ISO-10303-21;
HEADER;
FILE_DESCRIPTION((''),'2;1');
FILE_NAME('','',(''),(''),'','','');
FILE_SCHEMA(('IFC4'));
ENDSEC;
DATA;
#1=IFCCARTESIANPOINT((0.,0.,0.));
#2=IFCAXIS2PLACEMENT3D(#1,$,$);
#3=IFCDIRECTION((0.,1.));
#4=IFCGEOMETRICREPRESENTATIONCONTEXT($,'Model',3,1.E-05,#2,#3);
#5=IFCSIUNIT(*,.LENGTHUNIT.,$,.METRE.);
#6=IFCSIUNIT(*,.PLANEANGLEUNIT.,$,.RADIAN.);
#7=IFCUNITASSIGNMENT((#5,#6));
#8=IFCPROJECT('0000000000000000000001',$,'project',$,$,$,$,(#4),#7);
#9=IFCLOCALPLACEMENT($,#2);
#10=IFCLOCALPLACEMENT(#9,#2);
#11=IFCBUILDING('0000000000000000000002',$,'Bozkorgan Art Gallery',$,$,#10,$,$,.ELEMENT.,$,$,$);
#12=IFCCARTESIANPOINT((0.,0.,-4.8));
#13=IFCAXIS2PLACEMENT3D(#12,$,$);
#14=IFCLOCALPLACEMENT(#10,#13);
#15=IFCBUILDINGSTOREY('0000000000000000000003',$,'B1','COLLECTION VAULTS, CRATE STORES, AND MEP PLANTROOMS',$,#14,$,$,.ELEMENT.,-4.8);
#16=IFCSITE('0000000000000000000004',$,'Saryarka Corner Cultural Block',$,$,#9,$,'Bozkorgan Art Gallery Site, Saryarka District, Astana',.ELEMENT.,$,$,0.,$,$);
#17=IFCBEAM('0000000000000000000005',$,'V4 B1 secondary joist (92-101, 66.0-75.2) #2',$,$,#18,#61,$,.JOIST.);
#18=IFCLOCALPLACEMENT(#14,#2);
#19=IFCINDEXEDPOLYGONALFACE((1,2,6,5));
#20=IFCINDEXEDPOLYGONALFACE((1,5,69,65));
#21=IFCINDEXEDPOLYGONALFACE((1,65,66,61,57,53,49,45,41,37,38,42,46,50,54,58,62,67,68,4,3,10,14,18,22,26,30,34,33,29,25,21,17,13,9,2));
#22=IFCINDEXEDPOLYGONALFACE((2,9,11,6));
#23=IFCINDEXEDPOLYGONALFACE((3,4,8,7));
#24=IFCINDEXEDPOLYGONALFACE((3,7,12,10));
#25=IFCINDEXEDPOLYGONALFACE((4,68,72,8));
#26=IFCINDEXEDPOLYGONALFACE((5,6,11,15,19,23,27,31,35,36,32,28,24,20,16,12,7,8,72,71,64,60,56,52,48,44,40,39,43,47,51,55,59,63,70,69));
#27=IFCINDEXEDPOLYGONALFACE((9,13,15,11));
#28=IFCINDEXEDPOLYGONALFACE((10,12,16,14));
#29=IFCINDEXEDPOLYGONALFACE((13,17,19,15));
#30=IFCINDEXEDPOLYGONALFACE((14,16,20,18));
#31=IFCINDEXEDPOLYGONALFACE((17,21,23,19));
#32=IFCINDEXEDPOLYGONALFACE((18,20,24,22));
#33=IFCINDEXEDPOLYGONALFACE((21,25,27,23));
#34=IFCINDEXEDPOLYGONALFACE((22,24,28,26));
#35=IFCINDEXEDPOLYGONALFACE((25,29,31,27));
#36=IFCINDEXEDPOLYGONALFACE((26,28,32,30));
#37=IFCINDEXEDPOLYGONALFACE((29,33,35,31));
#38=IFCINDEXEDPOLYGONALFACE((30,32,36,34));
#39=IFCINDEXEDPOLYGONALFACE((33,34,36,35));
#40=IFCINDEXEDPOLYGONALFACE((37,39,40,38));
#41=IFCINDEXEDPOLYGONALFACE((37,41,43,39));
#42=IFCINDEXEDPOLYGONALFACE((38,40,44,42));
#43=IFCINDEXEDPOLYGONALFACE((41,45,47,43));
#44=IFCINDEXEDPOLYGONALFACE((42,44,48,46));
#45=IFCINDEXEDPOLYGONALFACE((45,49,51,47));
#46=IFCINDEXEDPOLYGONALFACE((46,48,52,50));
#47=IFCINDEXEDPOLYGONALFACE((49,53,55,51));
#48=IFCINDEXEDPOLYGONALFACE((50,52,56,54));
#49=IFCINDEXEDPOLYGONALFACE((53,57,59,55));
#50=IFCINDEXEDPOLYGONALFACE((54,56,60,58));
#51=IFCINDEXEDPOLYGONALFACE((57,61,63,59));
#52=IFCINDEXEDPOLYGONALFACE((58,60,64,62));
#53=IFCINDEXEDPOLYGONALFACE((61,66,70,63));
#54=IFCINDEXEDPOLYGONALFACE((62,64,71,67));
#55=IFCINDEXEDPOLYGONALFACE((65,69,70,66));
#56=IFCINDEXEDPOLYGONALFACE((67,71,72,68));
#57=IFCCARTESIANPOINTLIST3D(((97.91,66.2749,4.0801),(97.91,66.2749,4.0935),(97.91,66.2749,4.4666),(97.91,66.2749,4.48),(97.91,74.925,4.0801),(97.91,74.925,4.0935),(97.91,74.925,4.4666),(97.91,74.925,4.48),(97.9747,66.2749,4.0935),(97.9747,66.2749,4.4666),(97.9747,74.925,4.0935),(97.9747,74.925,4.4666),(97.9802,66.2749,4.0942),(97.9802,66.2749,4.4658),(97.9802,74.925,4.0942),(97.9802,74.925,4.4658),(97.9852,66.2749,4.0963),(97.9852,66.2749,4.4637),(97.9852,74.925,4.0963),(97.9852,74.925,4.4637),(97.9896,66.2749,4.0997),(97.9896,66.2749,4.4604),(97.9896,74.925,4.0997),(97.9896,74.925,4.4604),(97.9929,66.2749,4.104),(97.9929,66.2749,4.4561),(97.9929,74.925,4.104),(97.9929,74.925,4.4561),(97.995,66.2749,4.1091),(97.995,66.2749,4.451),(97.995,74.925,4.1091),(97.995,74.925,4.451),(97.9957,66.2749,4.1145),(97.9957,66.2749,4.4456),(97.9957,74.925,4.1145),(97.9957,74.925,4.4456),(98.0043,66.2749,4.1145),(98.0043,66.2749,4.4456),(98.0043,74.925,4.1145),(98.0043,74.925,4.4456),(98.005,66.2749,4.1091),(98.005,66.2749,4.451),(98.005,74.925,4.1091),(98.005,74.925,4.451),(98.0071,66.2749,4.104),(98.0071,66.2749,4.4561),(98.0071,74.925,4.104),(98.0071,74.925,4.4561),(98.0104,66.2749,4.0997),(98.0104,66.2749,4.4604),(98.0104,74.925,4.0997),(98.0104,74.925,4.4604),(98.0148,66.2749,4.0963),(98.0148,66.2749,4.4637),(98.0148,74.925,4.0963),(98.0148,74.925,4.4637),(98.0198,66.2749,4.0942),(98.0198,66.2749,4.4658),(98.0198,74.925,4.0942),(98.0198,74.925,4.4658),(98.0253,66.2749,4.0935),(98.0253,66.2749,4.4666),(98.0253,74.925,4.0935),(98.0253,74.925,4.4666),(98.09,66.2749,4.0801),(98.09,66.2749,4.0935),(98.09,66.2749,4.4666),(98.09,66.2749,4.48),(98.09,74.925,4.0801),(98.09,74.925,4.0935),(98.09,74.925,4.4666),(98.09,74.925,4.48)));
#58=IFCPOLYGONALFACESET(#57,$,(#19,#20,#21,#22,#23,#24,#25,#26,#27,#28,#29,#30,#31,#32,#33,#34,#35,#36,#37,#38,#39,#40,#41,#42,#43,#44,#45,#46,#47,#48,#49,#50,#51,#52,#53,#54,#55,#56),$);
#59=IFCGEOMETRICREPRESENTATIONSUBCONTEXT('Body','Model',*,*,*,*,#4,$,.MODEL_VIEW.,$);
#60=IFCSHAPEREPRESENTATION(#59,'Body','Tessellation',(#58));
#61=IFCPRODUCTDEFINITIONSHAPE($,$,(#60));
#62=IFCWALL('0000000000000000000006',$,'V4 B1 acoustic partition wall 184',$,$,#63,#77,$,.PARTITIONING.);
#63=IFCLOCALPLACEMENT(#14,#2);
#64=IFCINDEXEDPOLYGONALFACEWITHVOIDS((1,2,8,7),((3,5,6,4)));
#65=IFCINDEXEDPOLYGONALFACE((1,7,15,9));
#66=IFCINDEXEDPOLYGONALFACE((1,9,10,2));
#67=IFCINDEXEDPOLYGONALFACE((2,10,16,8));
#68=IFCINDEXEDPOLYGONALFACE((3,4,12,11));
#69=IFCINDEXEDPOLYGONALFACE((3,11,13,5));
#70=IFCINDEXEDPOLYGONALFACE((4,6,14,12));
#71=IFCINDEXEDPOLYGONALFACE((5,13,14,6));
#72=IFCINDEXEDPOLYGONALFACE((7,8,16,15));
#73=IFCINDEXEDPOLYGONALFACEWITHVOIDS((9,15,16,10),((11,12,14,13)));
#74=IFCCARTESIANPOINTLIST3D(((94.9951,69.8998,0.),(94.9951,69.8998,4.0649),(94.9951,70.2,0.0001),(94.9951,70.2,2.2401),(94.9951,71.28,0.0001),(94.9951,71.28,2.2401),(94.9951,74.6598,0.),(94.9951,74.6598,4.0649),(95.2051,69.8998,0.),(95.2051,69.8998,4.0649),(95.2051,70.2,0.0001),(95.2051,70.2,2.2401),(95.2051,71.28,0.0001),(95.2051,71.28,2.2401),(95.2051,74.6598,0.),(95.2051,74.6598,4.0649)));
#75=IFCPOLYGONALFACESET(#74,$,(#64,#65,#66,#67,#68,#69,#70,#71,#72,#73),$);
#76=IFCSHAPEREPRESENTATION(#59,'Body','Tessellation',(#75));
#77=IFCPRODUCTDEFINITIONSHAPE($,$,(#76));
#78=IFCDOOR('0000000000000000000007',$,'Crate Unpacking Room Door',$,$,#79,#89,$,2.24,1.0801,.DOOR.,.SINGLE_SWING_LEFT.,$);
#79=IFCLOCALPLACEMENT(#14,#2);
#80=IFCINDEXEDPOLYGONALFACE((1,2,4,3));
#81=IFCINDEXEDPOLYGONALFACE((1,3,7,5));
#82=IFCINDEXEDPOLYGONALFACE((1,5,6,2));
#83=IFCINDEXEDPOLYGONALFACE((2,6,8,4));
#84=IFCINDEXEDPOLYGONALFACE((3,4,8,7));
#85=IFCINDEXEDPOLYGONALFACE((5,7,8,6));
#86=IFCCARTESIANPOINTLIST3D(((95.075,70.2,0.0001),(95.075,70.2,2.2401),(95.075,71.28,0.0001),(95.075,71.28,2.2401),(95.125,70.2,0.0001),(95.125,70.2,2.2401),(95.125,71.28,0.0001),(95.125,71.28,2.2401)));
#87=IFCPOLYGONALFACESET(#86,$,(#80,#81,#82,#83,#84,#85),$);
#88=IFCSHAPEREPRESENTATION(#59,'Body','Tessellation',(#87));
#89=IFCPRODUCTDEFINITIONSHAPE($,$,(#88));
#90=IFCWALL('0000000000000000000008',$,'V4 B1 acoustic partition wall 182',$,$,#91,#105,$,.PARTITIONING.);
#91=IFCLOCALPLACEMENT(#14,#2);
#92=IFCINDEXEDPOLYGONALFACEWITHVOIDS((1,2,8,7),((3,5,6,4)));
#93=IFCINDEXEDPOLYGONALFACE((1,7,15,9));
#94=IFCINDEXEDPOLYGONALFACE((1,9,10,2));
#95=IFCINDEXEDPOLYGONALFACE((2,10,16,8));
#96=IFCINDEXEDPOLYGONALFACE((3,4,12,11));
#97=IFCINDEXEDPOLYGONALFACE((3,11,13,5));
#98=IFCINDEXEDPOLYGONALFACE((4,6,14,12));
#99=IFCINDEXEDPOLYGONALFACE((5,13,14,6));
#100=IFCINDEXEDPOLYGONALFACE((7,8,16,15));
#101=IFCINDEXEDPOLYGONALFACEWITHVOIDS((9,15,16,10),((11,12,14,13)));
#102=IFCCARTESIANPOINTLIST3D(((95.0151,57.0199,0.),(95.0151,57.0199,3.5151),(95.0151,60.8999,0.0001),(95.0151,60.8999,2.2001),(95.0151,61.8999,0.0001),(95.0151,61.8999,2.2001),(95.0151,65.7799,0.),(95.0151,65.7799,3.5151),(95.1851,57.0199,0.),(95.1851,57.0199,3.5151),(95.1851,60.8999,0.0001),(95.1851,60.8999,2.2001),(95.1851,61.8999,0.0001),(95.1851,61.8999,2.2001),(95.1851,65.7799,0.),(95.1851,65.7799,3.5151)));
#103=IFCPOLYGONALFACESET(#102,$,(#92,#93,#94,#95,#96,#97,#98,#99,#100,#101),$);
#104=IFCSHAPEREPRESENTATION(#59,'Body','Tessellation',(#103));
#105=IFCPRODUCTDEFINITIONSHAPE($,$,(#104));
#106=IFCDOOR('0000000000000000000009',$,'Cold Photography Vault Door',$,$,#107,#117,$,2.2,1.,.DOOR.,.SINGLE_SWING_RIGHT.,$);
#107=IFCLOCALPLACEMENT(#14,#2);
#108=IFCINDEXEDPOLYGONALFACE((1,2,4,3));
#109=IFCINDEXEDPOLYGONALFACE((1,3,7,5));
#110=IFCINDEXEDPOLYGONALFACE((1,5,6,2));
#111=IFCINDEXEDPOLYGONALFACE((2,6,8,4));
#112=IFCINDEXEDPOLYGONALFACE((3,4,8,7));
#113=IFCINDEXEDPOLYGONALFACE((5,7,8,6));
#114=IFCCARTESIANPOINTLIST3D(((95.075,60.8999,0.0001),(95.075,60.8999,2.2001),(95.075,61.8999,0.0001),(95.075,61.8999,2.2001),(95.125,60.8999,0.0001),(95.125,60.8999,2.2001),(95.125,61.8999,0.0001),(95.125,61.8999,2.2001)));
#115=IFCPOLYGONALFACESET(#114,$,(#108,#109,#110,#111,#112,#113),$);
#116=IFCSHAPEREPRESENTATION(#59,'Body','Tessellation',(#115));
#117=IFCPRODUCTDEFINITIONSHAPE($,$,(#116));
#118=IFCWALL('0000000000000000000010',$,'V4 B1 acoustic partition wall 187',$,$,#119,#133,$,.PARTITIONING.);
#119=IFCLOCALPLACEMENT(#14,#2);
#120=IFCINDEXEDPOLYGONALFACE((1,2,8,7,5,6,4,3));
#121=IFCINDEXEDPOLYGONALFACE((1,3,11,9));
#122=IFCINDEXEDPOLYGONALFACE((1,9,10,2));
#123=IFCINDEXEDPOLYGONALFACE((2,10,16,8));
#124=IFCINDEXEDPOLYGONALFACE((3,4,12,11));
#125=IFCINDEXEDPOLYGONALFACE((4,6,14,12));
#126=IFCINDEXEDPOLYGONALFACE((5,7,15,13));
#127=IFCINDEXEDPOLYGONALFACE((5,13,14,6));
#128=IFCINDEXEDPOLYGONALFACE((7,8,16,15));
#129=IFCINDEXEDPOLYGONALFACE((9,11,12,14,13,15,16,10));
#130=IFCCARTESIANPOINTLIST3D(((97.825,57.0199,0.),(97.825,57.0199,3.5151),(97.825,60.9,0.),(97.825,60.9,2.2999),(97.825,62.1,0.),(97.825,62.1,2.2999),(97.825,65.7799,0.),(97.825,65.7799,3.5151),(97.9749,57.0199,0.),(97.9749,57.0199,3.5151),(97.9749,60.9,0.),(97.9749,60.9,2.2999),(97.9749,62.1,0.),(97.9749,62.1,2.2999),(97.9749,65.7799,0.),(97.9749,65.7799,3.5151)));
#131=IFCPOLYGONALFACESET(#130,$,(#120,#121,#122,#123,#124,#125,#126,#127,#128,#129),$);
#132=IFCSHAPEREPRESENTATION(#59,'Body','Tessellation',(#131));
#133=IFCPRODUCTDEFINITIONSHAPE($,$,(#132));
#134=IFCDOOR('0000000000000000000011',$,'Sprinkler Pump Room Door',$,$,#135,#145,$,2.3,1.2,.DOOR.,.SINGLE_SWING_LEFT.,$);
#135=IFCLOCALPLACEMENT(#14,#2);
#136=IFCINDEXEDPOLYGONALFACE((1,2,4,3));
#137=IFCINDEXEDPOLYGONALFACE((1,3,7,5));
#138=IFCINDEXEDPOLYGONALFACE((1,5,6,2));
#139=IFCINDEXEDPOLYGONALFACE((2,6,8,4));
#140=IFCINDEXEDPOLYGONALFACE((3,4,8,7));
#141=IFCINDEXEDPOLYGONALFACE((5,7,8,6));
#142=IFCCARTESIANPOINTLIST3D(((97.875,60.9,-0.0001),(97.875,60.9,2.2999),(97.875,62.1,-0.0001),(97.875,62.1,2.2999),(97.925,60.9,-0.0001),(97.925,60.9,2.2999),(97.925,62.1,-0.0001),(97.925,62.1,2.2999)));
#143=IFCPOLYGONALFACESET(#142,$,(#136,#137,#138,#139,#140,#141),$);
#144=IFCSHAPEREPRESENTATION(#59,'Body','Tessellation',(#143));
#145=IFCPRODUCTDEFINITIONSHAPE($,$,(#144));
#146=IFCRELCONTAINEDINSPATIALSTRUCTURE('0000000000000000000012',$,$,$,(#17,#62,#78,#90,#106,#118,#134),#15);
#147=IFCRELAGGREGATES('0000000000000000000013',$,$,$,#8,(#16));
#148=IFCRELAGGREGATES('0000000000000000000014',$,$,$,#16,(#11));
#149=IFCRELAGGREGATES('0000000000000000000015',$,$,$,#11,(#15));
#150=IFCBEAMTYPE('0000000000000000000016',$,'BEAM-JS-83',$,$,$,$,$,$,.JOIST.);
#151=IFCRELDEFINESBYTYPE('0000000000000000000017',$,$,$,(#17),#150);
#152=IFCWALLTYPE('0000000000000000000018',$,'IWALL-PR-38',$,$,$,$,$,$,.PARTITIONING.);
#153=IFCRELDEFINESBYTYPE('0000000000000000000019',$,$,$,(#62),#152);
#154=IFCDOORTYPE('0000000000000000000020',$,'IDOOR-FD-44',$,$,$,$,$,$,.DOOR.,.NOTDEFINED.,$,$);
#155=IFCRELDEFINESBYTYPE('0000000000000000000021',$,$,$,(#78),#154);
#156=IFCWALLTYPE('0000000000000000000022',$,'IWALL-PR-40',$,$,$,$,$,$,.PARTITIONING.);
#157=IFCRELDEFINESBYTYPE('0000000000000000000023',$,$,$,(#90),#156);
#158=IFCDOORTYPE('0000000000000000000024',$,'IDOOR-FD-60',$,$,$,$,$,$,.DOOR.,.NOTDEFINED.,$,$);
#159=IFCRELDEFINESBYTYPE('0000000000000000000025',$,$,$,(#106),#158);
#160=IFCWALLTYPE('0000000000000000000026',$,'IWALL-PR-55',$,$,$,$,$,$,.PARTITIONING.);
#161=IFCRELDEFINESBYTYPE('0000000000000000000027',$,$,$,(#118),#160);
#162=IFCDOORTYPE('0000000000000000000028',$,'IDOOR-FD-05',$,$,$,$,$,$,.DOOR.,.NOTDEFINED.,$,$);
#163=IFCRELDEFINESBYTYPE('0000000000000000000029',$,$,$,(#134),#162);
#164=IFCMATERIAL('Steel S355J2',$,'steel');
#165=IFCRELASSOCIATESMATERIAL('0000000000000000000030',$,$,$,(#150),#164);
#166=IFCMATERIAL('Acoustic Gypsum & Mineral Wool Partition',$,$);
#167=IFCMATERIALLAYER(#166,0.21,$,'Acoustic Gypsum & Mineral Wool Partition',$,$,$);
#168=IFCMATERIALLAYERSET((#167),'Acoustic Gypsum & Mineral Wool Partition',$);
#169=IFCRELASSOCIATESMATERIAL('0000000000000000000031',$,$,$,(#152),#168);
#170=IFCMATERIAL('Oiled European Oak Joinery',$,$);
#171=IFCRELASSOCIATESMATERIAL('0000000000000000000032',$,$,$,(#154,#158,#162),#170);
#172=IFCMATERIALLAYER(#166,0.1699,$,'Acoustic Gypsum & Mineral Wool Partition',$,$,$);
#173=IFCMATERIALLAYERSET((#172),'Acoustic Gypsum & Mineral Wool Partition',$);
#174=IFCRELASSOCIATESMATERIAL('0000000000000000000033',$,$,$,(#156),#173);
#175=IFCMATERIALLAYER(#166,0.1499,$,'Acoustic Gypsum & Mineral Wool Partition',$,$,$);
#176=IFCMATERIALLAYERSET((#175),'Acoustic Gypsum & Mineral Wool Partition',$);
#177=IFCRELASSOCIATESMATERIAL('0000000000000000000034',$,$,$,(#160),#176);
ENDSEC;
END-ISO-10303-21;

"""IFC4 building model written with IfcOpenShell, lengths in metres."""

from ifc_helpers import new_model, si_unit, direction, frame, frame_2d, origin, origin_2d, place, context, subcontext, project, spatial, rectangle, i_section, extrude, material, layer, layer_set, material_profile, profile_set, type_object, element, fill, save


model = new_model("IFC4")

# Units and contexts
model_context = context("Model", 3, precision=1e-05, world=origin(), true_north=direction((0.0, 1.0)))
body_context = subcontext(model_context, "Body", "Model", "MODEL_VIEW")
ifc_project = project(units=[si_unit("LENGTHUNIT", "METRE"), si_unit("PLANEANGLEUNIT", "RADIAN")], contexts=[model_context])

# Site, building, storey
site_placement = place(None, origin())
site = spatial("IfcSite", under=ifc_project, at=site_placement, Name="Saryarka Corner Cultural Block", LongName="Bozkorgan Art Gallery Site, Saryarka District, Astana", CompositionType="ELEMENT", RefElevation=0.0)
building_placement = place(site_placement, origin())
building = spatial("IfcBuilding", under=site, at=building_placement, Name="Bozkorgan Art Gallery", CompositionType="ELEMENT")
storey_placement = place(building_placement, frame((0.0, 0.0, -4.8)))
storey = spatial("IfcBuildingStorey", under=building, at=storey_placement, Name="B1", Description="COLLECTION VAULTS, CRATE STORES, AND MEP PLANTROOMS", CompositionType="ELEMENT", Elevation=-4.8)

# Beam
ifc_material_1 = material(Name="Steel S355J2", Category="steel")
ifc_material_profile_1 = material_profile(ifc_material_1, i_section(OverallWidth=0.1799, OverallDepth=0.3999, WebThickness=0.0085, FlangeThickness=0.0134, FilletRadius=0.021, at=origin_2d()), Name="IPE 400")
ifc_profile_set_1 = profile_set([ifc_material_profile_1], Name="Steel S355J2")
beam_type = type_object("IfcBeamType", Name="BEAM-JS-83", PredefinedType="JOIST", material=ifc_profile_set_1)
for number, where, z_axis, x_axis, name in (
    (1, (98.0, 66.2749, 4.28), (0.0, 1.0, 0.0), (-1.0, 0.0, 0.0), "V4 B1 secondary joist (92-101, 66.0-75.2) #2"),
):
    element("IfcBeam", number, at=place(storey_placement, frame(where, z_axis=z_axis, x_axis=x_axis)), inside=storey, type_object=beam_type, Name=name, PredefinedType="JOIST", context=body_context, shape_type="SweptSolid", body=[
        extrude(i_section(OverallWidth=0.1799, OverallDepth=0.3999, WebThickness=0.0085, FlangeThickness=0.0134, FilletRadius=0.021, at=origin_2d()), origin(), (0.0, 0.0, 1.0), 8.6501),
    ])

# Walls, openings, doors
ifc_material_2 = material(Name="Acoustic Gypsum & Mineral Wool Partition")
ifc_layer_1 = layer(ifc_material_2, 0.21, Name="Acoustic Gypsum & Mineral Wool Partition")
ifc_layer_set_1 = layer_set([ifc_layer_1], Name="Acoustic Gypsum & Mineral Wool Partition")
wall_type_1 = type_object("IfcWallType", Name="IWALL-PR-38", PredefinedType="PARTITIONING", material=ifc_layer_set_1)
wall_1_placement = place(storey_placement, frame((95.1001, 69.8999, 0.0), z_axis=(0.0, 0.0, 1.0), x_axis=(0.0, 1.0, 0.0)))
wall_1 = element("IfcWall", 2, at=wall_1_placement, inside=storey, type_object=wall_type_1, Name="V4 B1 acoustic partition wall 184", PredefinedType="PARTITIONING", context=body_context, shape_type="SweptSolid", body=[
    extrude(rectangle(XDim=4.76, YDim=0.21, at=frame_2d((2.3799, 0.0))), origin(), (0.0, 0.0, 1.0), 4.0649),
])
opening_1_placement = place(wall_1_placement, frame((1.3801, 0.0, 0.0), z_axis=(0.0, 0.0, 1.0), x_axis=(-1.0, 0.0, 0.0)))
opening_1 = element("IfcOpeningElement", 3, at=opening_1_placement, cuts=wall_1, PredefinedType="OPENING", context=body_context, shape_type="SweptSolid", body=[
    extrude(rectangle(XDim=1.0801, YDim=2.24, at=frame_2d((0.54, 1.1201))), frame((0.0, 0.115, 0.0), z_axis=(0.0, -1.0, 0.0), x_axis=(1.0, 0.0, 0.0)), (0.0, 0.0, 1.0), 0.23),
])
ifc_material_3 = material(Name="Oiled European Oak Joinery")
door_type_1 = type_object("IfcDoorType", Name="IDOOR-FD-44", OperationType="NOTDEFINED", PredefinedType="DOOR", material=ifc_material_3)
door_1_placement = place(opening_1_placement, origin())
door_1 = element("IfcDoor", 4, at=door_1_placement, inside=storey, type_object=door_type_1, Name="Crate Unpacking Room Door", OperationType="SINGLE_SWING_LEFT", OverallHeight=2.24, OverallWidth=1.0801, PredefinedType="DOOR", context=body_context, shape_type="SweptSolid", body=[
    extrude(rectangle(XDim=1.0801, YDim=2.24, at=frame_2d((0.54, 1.1201))), frame((0.0, 0.0249, 0.0), z_axis=(0.0, -1.0, 0.0), x_axis=(1.0, 0.0, 0.0)), (0.0, 0.0, 1.0), 0.05),
])
fill(opening_1, door_1)
ifc_layer_2 = layer(ifc_material_2, 0.1699, Name="Acoustic Gypsum & Mineral Wool Partition")
ifc_layer_set_2 = layer_set([ifc_layer_2], Name="Acoustic Gypsum & Mineral Wool Partition")
wall_type_2 = type_object("IfcWallType", Name="IWALL-PR-40", PredefinedType="PARTITIONING", material=ifc_layer_set_2)
wall_2_placement = place(storey_placement, frame((95.1001, 57.02, 0.0), z_axis=(0.0, 0.0, 1.0), x_axis=(0.0, 1.0, 0.0)))
wall_2 = element("IfcWall", 5, at=wall_2_placement, inside=storey, type_object=wall_type_2, Name="V4 B1 acoustic partition wall 182", PredefinedType="PARTITIONING", context=body_context, shape_type="SweptSolid", body=[
    extrude(rectangle(XDim=8.76, YDim=0.1699, at=frame_2d((4.3799, 0.0))), origin(), (0.0, 0.0, 1.0), 3.5151),
])
opening_2_placement = place(wall_2_placement, frame((4.8799, 0.0, 0.0), z_axis=(0.0, 0.0, 1.0), x_axis=(-1.0, 0.0, 0.0)))
opening_2 = element("IfcOpeningElement", 6, at=opening_2_placement, cuts=wall_2, PredefinedType="OPENING", context=body_context, shape_type="SweptSolid", body=[
    extrude(rectangle(XDim=1.0, YDim=2.2, at=frame_2d((0.5, 1.1001))), frame((0.0, 0.095, 0.0), z_axis=(0.0, -1.0, 0.0), x_axis=(1.0, 0.0, 0.0)), (0.0, 0.0, 1.0), 0.1899),
])
door_type_2 = type_object("IfcDoorType", Name="IDOOR-FD-60", OperationType="NOTDEFINED", PredefinedType="DOOR", material=ifc_material_3)
door_2_placement = place(opening_2_placement, origin())
door_2 = element("IfcDoor", 7, at=door_2_placement, inside=storey, type_object=door_type_2, Name="Cold Photography Vault Door", OperationType="SINGLE_SWING_RIGHT", OverallHeight=2.2, OverallWidth=1.0, PredefinedType="DOOR", context=body_context, shape_type="SweptSolid", body=[
    extrude(rectangle(XDim=1.0, YDim=2.2, at=frame_2d((0.5, 1.1001))), frame((0.0, 0.0249, 0.0), z_axis=(0.0, -1.0, 0.0), x_axis=(1.0, 0.0, 0.0)), (0.0, 0.0, 1.0), 0.05),
])
fill(opening_2, door_2)
ifc_layer_3 = layer(ifc_material_2, 0.1499, Name="Acoustic Gypsum & Mineral Wool Partition")
ifc_layer_set_3 = layer_set([ifc_layer_3], Name="Acoustic Gypsum & Mineral Wool Partition")
wall_type_3 = type_object("IfcWallType", Name="IWALL-PR-55", PredefinedType="PARTITIONING", material=ifc_layer_set_3)
wall_3_placement = place(storey_placement, frame((97.8999, 57.02, 0.0), z_axis=(0.0, 0.0, 1.0), x_axis=(0.0, 1.0, 0.0)))
wall_3 = element("IfcWall", 8, at=wall_3_placement, inside=storey, type_object=wall_type_3, Name="V4 B1 acoustic partition wall 187", PredefinedType="PARTITIONING", context=body_context, shape_type="SweptSolid", body=[
    extrude(rectangle(XDim=8.76, YDim=0.1499, at=frame_2d((4.3799, 0.0))), origin(), (0.0, 0.0, 1.0), 3.5151),
])
opening_3_placement = place(wall_3_placement, frame((3.8799, 0.0, 0.0)))
opening_3 = element("IfcOpeningElement", 9, at=opening_3_placement, cuts=wall_3, PredefinedType="OPENING", context=body_context, shape_type="SweptSolid", body=[
    extrude(rectangle(XDim=1.2, YDim=2.3, at=frame_2d((0.6001, 1.1499))), frame((0.0, 0.085, 0.0), z_axis=(0.0, -1.0, 0.0), x_axis=(1.0, 0.0, 0.0)), (0.0, 0.0, 1.0), 0.1699),
])
door_type_3 = type_object("IfcDoorType", Name="IDOOR-FD-05", OperationType="NOTDEFINED", PredefinedType="DOOR", material=ifc_material_3)
door_3_placement = place(opening_3_placement, origin())
door_3 = element("IfcDoor", 10, at=door_3_placement, inside=storey, type_object=door_type_3, Name="Sprinkler Pump Room Door", OperationType="SINGLE_SWING_LEFT", OverallHeight=2.3, OverallWidth=1.2, PredefinedType="DOOR", context=body_context, shape_type="SweptSolid", body=[
    extrude(rectangle(XDim=1.2, YDim=2.3, at=frame_2d((0.6001, 1.1499))), frame((0.0, 0.0249, 0.0), z_axis=(0.0, -1.0, 0.0), x_axis=(1.0, 0.0, 0.0)), (0.0, 0.0, 1.0), 0.05),
])
fill(opening_3, door_3)

save(model, "model.ifc")
